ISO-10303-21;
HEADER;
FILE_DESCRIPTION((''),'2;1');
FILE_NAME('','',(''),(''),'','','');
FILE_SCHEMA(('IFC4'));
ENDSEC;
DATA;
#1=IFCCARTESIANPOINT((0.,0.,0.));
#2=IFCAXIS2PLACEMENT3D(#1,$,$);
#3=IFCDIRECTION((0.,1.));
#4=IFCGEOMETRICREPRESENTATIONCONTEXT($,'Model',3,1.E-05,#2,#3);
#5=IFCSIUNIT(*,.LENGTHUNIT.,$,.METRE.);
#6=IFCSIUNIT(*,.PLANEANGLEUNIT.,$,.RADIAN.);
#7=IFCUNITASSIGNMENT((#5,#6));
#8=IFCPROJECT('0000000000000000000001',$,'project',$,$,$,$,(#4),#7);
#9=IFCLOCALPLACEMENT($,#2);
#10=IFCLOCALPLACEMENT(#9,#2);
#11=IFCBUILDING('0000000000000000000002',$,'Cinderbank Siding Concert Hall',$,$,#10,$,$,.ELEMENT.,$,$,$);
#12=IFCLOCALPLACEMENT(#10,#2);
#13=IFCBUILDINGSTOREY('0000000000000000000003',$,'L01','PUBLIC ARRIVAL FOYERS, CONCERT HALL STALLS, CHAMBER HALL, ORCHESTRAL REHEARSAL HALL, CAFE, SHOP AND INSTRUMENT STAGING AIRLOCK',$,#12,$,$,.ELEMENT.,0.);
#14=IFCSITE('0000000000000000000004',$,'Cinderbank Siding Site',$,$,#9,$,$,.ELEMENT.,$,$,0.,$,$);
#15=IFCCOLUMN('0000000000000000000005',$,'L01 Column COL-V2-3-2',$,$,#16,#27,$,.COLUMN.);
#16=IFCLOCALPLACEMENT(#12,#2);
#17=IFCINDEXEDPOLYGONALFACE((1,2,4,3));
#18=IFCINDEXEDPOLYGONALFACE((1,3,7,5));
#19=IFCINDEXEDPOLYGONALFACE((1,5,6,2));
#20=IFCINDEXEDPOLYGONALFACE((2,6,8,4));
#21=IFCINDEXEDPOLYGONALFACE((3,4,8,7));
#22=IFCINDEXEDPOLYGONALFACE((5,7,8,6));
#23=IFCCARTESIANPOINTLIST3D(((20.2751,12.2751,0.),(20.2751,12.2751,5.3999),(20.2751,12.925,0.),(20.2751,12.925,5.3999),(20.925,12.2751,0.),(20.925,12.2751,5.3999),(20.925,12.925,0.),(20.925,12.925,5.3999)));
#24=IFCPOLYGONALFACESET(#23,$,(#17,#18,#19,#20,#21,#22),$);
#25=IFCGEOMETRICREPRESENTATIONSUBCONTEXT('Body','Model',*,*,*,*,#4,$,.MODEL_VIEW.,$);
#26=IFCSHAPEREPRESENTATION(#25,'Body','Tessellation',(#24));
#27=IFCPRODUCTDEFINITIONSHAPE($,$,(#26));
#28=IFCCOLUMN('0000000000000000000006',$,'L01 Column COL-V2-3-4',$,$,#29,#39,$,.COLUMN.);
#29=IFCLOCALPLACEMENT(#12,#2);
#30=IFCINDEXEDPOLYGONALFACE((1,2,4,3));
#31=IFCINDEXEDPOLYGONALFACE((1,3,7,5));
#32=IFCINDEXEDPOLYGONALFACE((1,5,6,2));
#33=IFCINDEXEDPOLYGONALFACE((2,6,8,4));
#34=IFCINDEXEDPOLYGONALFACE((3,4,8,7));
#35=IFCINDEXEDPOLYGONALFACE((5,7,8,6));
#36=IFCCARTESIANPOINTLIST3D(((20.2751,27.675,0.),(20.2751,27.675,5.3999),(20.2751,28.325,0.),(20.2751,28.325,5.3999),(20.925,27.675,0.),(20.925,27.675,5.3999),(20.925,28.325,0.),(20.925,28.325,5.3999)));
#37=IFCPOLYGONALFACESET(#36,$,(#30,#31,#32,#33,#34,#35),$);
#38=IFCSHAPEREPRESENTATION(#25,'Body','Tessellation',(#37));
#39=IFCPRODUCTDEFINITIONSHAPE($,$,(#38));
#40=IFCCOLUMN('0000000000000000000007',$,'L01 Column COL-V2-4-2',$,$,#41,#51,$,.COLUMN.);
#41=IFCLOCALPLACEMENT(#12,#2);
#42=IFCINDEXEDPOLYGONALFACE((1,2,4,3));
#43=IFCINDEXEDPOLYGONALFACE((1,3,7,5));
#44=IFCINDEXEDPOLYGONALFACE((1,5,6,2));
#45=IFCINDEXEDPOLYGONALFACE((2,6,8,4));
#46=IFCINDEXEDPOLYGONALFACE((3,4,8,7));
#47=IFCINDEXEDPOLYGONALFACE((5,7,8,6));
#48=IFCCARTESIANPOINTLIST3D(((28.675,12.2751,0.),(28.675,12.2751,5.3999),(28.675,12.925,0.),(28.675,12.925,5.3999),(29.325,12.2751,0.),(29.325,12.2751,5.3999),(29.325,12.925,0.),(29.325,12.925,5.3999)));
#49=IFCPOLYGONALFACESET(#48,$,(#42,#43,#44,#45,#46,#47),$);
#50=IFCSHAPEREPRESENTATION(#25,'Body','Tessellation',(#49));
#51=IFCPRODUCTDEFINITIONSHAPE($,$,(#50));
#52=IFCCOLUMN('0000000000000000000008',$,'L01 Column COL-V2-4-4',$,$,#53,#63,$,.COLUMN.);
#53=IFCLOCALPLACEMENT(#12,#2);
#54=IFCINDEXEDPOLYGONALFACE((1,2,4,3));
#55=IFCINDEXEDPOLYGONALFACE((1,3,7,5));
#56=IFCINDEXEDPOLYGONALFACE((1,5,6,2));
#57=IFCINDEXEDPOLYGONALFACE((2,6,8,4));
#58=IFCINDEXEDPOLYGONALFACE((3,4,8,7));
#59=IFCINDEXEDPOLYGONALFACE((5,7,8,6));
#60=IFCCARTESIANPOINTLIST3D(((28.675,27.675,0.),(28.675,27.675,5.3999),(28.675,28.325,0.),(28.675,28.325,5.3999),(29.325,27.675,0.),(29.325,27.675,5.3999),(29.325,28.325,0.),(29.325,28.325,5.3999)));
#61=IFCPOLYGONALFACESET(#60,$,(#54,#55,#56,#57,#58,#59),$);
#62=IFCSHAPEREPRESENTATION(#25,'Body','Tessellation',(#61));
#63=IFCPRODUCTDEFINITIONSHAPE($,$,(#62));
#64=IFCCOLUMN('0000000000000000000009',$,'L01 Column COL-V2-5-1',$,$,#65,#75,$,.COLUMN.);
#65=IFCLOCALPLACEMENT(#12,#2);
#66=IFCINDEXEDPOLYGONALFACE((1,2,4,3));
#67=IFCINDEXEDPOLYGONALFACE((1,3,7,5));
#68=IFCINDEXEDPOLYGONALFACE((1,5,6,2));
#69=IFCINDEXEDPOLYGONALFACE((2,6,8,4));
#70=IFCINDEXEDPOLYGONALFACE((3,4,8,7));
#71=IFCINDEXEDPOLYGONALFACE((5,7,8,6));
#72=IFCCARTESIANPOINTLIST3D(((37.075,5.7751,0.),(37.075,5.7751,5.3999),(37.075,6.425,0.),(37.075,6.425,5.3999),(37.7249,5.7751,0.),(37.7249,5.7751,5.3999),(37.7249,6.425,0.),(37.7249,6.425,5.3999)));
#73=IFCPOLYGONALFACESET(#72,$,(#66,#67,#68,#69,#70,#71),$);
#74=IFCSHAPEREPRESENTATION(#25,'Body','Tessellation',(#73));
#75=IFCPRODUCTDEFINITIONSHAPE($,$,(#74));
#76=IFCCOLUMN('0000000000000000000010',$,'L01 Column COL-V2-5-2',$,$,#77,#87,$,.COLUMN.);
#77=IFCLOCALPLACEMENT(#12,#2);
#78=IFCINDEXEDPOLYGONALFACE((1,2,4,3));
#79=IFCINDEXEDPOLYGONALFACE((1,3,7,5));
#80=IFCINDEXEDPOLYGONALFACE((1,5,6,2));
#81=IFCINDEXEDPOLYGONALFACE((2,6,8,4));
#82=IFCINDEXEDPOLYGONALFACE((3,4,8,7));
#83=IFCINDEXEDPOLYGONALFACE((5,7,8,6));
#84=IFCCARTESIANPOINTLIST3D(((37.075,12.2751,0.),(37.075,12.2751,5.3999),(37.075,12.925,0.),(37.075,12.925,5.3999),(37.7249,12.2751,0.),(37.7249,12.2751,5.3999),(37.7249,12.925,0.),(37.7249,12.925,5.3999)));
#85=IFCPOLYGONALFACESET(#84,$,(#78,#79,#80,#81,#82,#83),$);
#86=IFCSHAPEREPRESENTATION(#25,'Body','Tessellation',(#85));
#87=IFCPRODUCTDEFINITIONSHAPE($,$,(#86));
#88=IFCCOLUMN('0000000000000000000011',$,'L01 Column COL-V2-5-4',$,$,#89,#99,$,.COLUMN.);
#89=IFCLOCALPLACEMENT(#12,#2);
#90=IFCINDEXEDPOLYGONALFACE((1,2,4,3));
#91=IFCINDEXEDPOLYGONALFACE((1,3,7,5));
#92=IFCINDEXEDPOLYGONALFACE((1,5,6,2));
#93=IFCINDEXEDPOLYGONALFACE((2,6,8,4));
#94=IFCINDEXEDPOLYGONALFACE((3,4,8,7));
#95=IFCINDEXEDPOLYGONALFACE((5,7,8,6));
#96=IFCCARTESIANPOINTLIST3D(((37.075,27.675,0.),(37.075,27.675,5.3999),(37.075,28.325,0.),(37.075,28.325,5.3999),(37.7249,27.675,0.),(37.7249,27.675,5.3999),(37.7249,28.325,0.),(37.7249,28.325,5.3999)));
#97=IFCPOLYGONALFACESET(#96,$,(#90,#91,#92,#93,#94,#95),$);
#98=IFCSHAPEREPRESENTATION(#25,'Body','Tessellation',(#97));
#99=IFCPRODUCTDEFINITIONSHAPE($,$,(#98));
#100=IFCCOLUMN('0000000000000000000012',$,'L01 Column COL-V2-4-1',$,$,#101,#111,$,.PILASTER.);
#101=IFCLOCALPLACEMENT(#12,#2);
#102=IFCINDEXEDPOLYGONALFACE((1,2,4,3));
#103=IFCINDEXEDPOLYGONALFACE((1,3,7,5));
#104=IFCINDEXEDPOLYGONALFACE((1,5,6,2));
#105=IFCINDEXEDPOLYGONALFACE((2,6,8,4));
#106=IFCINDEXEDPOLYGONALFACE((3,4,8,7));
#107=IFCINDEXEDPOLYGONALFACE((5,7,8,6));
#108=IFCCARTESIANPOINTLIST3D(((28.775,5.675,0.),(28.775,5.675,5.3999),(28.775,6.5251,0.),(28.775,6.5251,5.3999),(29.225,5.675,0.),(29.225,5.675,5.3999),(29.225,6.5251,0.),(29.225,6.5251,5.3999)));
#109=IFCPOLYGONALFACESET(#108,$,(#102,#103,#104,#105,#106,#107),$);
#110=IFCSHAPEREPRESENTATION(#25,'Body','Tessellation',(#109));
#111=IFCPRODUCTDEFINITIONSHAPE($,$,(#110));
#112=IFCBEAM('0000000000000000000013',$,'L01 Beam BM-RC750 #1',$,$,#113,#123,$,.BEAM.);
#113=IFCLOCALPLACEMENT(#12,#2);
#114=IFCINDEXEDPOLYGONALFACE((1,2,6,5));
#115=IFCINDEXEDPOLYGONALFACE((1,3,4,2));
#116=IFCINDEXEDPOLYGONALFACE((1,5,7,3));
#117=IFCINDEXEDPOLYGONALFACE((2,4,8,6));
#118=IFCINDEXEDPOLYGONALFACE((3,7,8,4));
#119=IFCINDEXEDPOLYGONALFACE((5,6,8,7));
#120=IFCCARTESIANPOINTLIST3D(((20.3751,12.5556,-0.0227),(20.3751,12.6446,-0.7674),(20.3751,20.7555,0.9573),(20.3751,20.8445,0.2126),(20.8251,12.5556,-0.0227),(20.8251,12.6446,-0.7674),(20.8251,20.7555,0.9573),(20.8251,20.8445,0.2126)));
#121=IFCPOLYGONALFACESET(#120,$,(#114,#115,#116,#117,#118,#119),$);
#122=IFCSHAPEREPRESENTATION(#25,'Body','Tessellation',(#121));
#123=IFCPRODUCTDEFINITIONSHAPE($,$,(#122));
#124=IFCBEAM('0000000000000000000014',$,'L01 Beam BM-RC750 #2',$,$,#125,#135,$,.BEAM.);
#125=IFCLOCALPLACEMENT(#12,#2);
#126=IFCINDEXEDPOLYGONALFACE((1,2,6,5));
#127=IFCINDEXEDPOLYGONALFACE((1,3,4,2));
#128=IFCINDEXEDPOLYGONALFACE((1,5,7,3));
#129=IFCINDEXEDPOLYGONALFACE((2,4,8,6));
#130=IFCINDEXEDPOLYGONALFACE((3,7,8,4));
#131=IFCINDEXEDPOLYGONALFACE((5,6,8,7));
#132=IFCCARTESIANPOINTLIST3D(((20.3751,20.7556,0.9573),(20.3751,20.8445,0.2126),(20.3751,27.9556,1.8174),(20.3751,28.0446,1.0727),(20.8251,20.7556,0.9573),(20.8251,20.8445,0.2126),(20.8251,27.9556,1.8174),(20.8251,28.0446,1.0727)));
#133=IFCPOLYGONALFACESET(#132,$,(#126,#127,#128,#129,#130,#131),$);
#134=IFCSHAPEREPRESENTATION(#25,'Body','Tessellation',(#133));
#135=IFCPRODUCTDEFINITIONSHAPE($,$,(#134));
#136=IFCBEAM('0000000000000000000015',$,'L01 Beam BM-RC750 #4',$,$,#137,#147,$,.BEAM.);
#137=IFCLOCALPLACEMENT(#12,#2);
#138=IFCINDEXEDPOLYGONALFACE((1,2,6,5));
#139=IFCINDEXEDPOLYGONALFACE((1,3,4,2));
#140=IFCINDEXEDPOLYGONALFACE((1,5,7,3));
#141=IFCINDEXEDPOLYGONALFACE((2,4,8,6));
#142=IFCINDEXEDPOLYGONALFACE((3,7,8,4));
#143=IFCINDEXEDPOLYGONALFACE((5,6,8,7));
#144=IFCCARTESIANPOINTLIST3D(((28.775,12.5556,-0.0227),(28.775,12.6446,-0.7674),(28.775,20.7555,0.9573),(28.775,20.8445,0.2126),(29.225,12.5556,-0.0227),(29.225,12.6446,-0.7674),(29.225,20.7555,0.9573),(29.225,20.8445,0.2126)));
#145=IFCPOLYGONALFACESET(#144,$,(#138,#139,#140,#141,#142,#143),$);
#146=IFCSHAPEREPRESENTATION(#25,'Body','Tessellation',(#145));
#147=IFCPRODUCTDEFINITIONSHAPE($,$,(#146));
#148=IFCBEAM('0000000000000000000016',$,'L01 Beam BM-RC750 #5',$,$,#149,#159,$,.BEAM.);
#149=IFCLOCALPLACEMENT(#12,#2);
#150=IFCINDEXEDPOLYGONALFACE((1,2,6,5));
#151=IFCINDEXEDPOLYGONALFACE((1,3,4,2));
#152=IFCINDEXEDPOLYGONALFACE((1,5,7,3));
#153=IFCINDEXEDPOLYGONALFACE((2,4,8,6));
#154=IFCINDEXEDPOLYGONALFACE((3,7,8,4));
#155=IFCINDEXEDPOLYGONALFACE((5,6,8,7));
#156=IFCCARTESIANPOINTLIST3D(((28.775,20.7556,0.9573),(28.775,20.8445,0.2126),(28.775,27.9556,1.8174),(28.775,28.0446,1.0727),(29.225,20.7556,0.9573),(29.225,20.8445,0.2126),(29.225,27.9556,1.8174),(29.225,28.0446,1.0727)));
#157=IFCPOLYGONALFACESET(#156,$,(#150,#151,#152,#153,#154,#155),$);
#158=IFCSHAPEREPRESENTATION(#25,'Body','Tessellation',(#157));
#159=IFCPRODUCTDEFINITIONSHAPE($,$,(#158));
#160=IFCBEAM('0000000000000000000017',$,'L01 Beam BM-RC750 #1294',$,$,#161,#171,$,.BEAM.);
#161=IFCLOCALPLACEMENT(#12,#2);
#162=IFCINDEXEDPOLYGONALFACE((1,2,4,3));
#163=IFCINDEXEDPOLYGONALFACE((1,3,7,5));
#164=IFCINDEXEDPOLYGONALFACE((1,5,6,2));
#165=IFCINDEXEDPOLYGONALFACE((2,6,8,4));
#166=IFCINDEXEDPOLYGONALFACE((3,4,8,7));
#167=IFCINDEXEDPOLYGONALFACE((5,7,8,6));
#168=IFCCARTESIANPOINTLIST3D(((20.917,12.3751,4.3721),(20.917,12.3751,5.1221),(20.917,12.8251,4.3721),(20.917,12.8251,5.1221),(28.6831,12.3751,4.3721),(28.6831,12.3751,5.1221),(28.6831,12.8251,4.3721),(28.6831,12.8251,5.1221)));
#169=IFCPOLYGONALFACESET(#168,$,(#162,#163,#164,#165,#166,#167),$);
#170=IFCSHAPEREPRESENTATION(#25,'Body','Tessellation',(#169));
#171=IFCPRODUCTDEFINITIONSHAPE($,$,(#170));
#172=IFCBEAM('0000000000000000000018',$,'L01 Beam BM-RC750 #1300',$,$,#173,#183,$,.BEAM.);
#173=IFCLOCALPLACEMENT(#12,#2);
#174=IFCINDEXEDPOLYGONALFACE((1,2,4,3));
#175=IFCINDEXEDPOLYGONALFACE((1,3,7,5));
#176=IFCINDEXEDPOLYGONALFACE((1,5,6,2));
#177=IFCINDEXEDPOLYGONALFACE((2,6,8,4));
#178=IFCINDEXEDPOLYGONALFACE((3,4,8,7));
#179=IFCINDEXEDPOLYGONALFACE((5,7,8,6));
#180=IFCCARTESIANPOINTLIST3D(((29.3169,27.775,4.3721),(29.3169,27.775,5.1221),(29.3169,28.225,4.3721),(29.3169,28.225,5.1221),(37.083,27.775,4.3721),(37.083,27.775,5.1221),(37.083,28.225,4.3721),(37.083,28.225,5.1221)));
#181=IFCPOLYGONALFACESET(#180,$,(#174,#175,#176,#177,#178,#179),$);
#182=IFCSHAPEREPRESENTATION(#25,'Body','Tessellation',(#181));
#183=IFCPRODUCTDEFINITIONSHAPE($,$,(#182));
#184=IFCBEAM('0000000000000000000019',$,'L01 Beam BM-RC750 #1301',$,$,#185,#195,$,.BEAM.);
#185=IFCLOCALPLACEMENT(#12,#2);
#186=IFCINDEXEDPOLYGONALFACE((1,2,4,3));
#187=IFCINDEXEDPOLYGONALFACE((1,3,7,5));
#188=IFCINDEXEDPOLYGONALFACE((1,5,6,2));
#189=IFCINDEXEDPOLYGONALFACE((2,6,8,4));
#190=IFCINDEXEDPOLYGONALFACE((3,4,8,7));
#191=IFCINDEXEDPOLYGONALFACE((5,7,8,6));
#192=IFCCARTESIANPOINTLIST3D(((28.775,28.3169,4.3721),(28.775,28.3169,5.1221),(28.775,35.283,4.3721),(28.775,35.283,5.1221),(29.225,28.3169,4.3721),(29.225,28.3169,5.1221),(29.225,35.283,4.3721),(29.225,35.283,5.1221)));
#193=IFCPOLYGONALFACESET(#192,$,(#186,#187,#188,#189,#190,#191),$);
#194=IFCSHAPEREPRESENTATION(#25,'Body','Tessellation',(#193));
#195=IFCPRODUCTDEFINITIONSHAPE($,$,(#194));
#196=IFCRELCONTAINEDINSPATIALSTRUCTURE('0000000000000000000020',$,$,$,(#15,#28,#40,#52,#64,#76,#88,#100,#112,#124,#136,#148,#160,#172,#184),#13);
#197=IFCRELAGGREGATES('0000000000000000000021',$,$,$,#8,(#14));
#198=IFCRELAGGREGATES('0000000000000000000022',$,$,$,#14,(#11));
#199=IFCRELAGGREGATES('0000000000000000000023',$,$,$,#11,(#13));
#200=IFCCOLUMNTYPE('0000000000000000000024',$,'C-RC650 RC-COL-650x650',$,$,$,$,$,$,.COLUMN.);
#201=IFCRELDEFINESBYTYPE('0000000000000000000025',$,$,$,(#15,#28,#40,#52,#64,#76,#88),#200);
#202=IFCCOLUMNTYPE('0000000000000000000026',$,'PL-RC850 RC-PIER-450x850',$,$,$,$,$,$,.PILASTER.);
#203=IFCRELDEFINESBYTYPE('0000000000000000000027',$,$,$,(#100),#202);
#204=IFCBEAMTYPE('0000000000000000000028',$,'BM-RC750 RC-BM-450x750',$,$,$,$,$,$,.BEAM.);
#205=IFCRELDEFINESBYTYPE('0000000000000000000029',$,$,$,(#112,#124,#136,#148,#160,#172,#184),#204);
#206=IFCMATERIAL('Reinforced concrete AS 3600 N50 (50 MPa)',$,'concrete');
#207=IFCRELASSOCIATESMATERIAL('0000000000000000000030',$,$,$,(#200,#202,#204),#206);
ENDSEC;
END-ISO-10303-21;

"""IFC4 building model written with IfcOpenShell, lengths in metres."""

from ifc_helpers import new_model, si_unit, direction, frame, origin, origin_2d, place, context, subcontext, project, spatial, rectangle, extrude, material, material_profile, profile_set, type_object, element, save


model = new_model("IFC4")

# Units and contexts
model_context = context("Model", 3, precision=1e-05, world=origin(), true_north=direction((0.0, 1.0)))
body_context = subcontext(model_context, "Body", "Model", "MODEL_VIEW")
ifc_project = project(units=[si_unit("LENGTHUNIT", "METRE"), si_unit("PLANEANGLEUNIT", "RADIAN")], contexts=[model_context])

# Site, building, storey
site_placement = place(None, origin())
site = spatial("IfcSite", under=ifc_project, at=site_placement, Name="Cinderbank Siding Site", CompositionType="ELEMENT", RefElevation=0.0)
building_placement = place(site_placement, origin())
building = spatial("IfcBuilding", under=site, at=building_placement, Name="Cinderbank Siding Concert Hall", CompositionType="ELEMENT")
storey_placement = place(building_placement, origin())
storey = spatial("IfcBuildingStorey", under=building, at=storey_placement, Name="L01", Description="PUBLIC ARRIVAL FOYERS, CONCERT HALL STALLS, CHAMBER HALL, ORCHESTRAL REHEARSAL HALL, CAFE, SHOP AND INSTRUMENT STAGING AIRLOCK", CompositionType="ELEMENT", Elevation=0.0)

# Columns
ifc_material_1 = material(Name="Reinforced concrete AS 3600 N50 (50 MPa)", Category="concrete")
ifc_material_profile_1 = material_profile(ifc_material_1, rectangle(XDim=0.6499, YDim=0.6499, at=origin_2d()), Name="RC-COL-650x650", Category="LoadBearing")
ifc_profile_set_1 = profile_set([ifc_material_profile_1], Name="Reinforced concrete AS 3600 N50 (50 MPa)")
column_type_1 = type_object("IfcColumnType", Name="C-RC650 RC-COL-650x650", PredefinedType="COLUMN", material=ifc_profile_set_1)
for number, where, z_axis, x_axis, name in (
    (1, (20.6001, 12.6001, 0.0), (0.0, 0.0, 1.0), (1.0, 0.0, 0.0), "L01 Column COL-V2-3-2"),
    (2, (20.6001, 28.0, 0.0), (0.0, 0.0, 1.0), (1.0, 0.0, 0.0), "L01 Column COL-V2-3-4"),
    (3, (29.0, 12.6001, 0.0), (0.0, 0.0, 1.0), (1.0, 0.0, 0.0), "L01 Column COL-V2-4-2"),
    (4, (29.0, 28.0, 0.0), (0.0, 0.0, 1.0), (1.0, 0.0, 0.0), "L01 Column COL-V2-4-4"),
    (5, (37.3999, 6.1001, 0.0), (0.0, 0.0, 1.0), (1.0, 0.0, 0.0), "L01 Column COL-V2-5-1"),
    (6, (37.3999, 12.6001, 0.0), (0.0, 0.0, 1.0), (1.0, 0.0, 0.0), "L01 Column COL-V2-5-2"),
    (7, (37.3999, 28.0, 0.0), (0.0, 0.0, 1.0), (1.0, 0.0, 0.0), "L01 Column COL-V2-5-4"),
):
    element("IfcColumn", number, at=place(storey_placement, frame(where, z_axis=z_axis, x_axis=x_axis)), inside=storey, type_object=column_type_1, Name=name, PredefinedType="COLUMN", context=body_context, shape_type="SweptSolid", body=[
        extrude(rectangle(XDim=0.6499, YDim=0.6499, at=origin_2d()), origin(), (0.0, 0.0, 1.0), 5.3999),
    ])
ifc_material_profile_2 = material_profile(ifc_material_1, rectangle(XDim=0.45, YDim=0.8501, at=origin_2d()), Name="RC-PIER-450x850", Category="LoadBearing")
ifc_profile_set_2 = profile_set([ifc_material_profile_2], Name="Reinforced concrete AS 3600 N50 (50 MPa)")
column_type_2 = type_object("IfcColumnType", Name="PL-RC850 RC-PIER-450x850", PredefinedType="PILASTER", material=ifc_profile_set_2)
column_placement = place(storey_placement, frame((29.0, 6.1001, 0.0), z_axis=(0.0, 0.0, 1.0), x_axis=(1.0, 0.0, 0.0)))
element("IfcColumn", 8, at=column_placement, inside=storey, type_object=column_type_2, Name="L01 Column COL-V2-4-1", PredefinedType="PILASTER", context=body_context, shape_type="SweptSolid", body=[
    extrude(rectangle(XDim=0.45, YDim=0.8501, at=origin_2d()), origin(), (0.0, 0.0, 1.0), 5.3999),
])

# Beams
ifc_material_profile_3 = material_profile(ifc_material_1, rectangle(XDim=0.45, YDim=0.75, at=origin_2d()), Name="RC-BM-450x750", Category="LoadBearing")
ifc_profile_set_3 = profile_set([ifc_material_profile_3], Name="Reinforced concrete AS 3600 N50 (50 MPa)")
beam_type_1 = type_object("IfcBeamType", Name="BM-RC750 RC-BM-450x750", PredefinedType="BEAM", material=ifc_profile_set_3)
beam_1_placement = place(storey_placement, frame((20.6001, 12.6001, -0.395), z_axis=(0.0, 0.992934, 0.118666), x_axis=(-1.0, 0.0, 0.0)))
element("IfcBeam", 9, at=beam_1_placement, inside=storey, type_object=beam_type_1, Name="L01 Beam BM-RC750 #1", PredefinedType="BEAM", context=body_context, shape_type="SweptSolid", body=[
    extrude(rectangle(XDim=0.45, YDim=0.75, at=origin_2d()), origin(), (0.0, 0.0, 1.0), 8.2583),
])
beam_2_placement = place(storey_placement, frame((20.6001, 20.8, 0.585), z_axis=(0.0, 0.99294, 0.118617), x_axis=(-1.0, 0.0, 0.0)))
element("IfcBeam", 10, at=beam_2_placement, inside=storey, type_object=beam_type_1, Name="L01 Beam BM-RC750 #2", PredefinedType="BEAM", context=body_context, shape_type="SweptSolid", body=[
    extrude(rectangle(XDim=0.45, YDim=0.75, at=origin_2d()), origin(), (0.0, 0.0, 1.0), 7.2512),
])
beam_3_placement = place(storey_placement, frame((29.0, 12.6001, -0.395), z_axis=(0.0, 0.992934, 0.118666), x_axis=(-1.0, 0.0, 0.0)))
element("IfcBeam", 11, at=beam_3_placement, inside=storey, type_object=beam_type_1, Name="L01 Beam BM-RC750 #4", PredefinedType="BEAM", context=body_context, shape_type="SweptSolid", body=[
    extrude(rectangle(XDim=0.45, YDim=0.75, at=origin_2d()), origin(), (0.0, 0.0, 1.0), 8.2583),
])
beam_4_placement = place(storey_placement, frame((29.0, 20.8, 0.585), z_axis=(0.0, 0.99294, 0.118617), x_axis=(-1.0, 0.0, 0.0)))
element("IfcBeam", 12, at=beam_4_placement, inside=storey, type_object=beam_type_1, Name="L01 Beam BM-RC750 #5", PredefinedType="BEAM", context=body_context, shape_type="SweptSolid", body=[
    extrude(rectangle(XDim=0.45, YDim=0.75, at=origin_2d()), origin(), (0.0, 0.0, 1.0), 7.2512),
])
for number, where, z_axis, x_axis, name in (
    (13, (20.917, 12.6001, 4.7471), (1.0, 0.0, 0.0), (0.0, 1.0, 0.0), "L01 Beam BM-RC750 #1294"),
    (14, (29.3169, 28.0, 4.7471), (1.0, 0.0, 0.0), (0.0, 1.0, 0.0), "L01 Beam BM-RC750 #1300"),
):
    element("IfcBeam", number, at=place(storey_placement, frame(where, z_axis=z_axis, x_axis=x_axis)), inside=storey, type_object=beam_type_1, Name=name, PredefinedType="BEAM", context=body_context, shape_type="SweptSolid", body=[
        extrude(rectangle(XDim=0.45, YDim=0.75, at=origin_2d()), origin(), (0.0, 0.0, 1.0), 7.7661),
    ])
beam_5_placement = place(storey_placement, frame((29.0, 28.3169, 4.7471), z_axis=(0.0, 1.0, 0.0), x_axis=(-1.0, 0.0, 0.0)))
element("IfcBeam", 15, at=beam_5_placement, inside=storey, type_object=beam_type_1, Name="L01 Beam BM-RC750 #1301", PredefinedType="BEAM", context=body_context, shape_type="SweptSolid", body=[
    extrude(rectangle(XDim=0.45, YDim=0.75, at=origin_2d()), origin(), (0.0, 0.0, 1.0), 6.9661),
])

save(model, "model.ifc")
